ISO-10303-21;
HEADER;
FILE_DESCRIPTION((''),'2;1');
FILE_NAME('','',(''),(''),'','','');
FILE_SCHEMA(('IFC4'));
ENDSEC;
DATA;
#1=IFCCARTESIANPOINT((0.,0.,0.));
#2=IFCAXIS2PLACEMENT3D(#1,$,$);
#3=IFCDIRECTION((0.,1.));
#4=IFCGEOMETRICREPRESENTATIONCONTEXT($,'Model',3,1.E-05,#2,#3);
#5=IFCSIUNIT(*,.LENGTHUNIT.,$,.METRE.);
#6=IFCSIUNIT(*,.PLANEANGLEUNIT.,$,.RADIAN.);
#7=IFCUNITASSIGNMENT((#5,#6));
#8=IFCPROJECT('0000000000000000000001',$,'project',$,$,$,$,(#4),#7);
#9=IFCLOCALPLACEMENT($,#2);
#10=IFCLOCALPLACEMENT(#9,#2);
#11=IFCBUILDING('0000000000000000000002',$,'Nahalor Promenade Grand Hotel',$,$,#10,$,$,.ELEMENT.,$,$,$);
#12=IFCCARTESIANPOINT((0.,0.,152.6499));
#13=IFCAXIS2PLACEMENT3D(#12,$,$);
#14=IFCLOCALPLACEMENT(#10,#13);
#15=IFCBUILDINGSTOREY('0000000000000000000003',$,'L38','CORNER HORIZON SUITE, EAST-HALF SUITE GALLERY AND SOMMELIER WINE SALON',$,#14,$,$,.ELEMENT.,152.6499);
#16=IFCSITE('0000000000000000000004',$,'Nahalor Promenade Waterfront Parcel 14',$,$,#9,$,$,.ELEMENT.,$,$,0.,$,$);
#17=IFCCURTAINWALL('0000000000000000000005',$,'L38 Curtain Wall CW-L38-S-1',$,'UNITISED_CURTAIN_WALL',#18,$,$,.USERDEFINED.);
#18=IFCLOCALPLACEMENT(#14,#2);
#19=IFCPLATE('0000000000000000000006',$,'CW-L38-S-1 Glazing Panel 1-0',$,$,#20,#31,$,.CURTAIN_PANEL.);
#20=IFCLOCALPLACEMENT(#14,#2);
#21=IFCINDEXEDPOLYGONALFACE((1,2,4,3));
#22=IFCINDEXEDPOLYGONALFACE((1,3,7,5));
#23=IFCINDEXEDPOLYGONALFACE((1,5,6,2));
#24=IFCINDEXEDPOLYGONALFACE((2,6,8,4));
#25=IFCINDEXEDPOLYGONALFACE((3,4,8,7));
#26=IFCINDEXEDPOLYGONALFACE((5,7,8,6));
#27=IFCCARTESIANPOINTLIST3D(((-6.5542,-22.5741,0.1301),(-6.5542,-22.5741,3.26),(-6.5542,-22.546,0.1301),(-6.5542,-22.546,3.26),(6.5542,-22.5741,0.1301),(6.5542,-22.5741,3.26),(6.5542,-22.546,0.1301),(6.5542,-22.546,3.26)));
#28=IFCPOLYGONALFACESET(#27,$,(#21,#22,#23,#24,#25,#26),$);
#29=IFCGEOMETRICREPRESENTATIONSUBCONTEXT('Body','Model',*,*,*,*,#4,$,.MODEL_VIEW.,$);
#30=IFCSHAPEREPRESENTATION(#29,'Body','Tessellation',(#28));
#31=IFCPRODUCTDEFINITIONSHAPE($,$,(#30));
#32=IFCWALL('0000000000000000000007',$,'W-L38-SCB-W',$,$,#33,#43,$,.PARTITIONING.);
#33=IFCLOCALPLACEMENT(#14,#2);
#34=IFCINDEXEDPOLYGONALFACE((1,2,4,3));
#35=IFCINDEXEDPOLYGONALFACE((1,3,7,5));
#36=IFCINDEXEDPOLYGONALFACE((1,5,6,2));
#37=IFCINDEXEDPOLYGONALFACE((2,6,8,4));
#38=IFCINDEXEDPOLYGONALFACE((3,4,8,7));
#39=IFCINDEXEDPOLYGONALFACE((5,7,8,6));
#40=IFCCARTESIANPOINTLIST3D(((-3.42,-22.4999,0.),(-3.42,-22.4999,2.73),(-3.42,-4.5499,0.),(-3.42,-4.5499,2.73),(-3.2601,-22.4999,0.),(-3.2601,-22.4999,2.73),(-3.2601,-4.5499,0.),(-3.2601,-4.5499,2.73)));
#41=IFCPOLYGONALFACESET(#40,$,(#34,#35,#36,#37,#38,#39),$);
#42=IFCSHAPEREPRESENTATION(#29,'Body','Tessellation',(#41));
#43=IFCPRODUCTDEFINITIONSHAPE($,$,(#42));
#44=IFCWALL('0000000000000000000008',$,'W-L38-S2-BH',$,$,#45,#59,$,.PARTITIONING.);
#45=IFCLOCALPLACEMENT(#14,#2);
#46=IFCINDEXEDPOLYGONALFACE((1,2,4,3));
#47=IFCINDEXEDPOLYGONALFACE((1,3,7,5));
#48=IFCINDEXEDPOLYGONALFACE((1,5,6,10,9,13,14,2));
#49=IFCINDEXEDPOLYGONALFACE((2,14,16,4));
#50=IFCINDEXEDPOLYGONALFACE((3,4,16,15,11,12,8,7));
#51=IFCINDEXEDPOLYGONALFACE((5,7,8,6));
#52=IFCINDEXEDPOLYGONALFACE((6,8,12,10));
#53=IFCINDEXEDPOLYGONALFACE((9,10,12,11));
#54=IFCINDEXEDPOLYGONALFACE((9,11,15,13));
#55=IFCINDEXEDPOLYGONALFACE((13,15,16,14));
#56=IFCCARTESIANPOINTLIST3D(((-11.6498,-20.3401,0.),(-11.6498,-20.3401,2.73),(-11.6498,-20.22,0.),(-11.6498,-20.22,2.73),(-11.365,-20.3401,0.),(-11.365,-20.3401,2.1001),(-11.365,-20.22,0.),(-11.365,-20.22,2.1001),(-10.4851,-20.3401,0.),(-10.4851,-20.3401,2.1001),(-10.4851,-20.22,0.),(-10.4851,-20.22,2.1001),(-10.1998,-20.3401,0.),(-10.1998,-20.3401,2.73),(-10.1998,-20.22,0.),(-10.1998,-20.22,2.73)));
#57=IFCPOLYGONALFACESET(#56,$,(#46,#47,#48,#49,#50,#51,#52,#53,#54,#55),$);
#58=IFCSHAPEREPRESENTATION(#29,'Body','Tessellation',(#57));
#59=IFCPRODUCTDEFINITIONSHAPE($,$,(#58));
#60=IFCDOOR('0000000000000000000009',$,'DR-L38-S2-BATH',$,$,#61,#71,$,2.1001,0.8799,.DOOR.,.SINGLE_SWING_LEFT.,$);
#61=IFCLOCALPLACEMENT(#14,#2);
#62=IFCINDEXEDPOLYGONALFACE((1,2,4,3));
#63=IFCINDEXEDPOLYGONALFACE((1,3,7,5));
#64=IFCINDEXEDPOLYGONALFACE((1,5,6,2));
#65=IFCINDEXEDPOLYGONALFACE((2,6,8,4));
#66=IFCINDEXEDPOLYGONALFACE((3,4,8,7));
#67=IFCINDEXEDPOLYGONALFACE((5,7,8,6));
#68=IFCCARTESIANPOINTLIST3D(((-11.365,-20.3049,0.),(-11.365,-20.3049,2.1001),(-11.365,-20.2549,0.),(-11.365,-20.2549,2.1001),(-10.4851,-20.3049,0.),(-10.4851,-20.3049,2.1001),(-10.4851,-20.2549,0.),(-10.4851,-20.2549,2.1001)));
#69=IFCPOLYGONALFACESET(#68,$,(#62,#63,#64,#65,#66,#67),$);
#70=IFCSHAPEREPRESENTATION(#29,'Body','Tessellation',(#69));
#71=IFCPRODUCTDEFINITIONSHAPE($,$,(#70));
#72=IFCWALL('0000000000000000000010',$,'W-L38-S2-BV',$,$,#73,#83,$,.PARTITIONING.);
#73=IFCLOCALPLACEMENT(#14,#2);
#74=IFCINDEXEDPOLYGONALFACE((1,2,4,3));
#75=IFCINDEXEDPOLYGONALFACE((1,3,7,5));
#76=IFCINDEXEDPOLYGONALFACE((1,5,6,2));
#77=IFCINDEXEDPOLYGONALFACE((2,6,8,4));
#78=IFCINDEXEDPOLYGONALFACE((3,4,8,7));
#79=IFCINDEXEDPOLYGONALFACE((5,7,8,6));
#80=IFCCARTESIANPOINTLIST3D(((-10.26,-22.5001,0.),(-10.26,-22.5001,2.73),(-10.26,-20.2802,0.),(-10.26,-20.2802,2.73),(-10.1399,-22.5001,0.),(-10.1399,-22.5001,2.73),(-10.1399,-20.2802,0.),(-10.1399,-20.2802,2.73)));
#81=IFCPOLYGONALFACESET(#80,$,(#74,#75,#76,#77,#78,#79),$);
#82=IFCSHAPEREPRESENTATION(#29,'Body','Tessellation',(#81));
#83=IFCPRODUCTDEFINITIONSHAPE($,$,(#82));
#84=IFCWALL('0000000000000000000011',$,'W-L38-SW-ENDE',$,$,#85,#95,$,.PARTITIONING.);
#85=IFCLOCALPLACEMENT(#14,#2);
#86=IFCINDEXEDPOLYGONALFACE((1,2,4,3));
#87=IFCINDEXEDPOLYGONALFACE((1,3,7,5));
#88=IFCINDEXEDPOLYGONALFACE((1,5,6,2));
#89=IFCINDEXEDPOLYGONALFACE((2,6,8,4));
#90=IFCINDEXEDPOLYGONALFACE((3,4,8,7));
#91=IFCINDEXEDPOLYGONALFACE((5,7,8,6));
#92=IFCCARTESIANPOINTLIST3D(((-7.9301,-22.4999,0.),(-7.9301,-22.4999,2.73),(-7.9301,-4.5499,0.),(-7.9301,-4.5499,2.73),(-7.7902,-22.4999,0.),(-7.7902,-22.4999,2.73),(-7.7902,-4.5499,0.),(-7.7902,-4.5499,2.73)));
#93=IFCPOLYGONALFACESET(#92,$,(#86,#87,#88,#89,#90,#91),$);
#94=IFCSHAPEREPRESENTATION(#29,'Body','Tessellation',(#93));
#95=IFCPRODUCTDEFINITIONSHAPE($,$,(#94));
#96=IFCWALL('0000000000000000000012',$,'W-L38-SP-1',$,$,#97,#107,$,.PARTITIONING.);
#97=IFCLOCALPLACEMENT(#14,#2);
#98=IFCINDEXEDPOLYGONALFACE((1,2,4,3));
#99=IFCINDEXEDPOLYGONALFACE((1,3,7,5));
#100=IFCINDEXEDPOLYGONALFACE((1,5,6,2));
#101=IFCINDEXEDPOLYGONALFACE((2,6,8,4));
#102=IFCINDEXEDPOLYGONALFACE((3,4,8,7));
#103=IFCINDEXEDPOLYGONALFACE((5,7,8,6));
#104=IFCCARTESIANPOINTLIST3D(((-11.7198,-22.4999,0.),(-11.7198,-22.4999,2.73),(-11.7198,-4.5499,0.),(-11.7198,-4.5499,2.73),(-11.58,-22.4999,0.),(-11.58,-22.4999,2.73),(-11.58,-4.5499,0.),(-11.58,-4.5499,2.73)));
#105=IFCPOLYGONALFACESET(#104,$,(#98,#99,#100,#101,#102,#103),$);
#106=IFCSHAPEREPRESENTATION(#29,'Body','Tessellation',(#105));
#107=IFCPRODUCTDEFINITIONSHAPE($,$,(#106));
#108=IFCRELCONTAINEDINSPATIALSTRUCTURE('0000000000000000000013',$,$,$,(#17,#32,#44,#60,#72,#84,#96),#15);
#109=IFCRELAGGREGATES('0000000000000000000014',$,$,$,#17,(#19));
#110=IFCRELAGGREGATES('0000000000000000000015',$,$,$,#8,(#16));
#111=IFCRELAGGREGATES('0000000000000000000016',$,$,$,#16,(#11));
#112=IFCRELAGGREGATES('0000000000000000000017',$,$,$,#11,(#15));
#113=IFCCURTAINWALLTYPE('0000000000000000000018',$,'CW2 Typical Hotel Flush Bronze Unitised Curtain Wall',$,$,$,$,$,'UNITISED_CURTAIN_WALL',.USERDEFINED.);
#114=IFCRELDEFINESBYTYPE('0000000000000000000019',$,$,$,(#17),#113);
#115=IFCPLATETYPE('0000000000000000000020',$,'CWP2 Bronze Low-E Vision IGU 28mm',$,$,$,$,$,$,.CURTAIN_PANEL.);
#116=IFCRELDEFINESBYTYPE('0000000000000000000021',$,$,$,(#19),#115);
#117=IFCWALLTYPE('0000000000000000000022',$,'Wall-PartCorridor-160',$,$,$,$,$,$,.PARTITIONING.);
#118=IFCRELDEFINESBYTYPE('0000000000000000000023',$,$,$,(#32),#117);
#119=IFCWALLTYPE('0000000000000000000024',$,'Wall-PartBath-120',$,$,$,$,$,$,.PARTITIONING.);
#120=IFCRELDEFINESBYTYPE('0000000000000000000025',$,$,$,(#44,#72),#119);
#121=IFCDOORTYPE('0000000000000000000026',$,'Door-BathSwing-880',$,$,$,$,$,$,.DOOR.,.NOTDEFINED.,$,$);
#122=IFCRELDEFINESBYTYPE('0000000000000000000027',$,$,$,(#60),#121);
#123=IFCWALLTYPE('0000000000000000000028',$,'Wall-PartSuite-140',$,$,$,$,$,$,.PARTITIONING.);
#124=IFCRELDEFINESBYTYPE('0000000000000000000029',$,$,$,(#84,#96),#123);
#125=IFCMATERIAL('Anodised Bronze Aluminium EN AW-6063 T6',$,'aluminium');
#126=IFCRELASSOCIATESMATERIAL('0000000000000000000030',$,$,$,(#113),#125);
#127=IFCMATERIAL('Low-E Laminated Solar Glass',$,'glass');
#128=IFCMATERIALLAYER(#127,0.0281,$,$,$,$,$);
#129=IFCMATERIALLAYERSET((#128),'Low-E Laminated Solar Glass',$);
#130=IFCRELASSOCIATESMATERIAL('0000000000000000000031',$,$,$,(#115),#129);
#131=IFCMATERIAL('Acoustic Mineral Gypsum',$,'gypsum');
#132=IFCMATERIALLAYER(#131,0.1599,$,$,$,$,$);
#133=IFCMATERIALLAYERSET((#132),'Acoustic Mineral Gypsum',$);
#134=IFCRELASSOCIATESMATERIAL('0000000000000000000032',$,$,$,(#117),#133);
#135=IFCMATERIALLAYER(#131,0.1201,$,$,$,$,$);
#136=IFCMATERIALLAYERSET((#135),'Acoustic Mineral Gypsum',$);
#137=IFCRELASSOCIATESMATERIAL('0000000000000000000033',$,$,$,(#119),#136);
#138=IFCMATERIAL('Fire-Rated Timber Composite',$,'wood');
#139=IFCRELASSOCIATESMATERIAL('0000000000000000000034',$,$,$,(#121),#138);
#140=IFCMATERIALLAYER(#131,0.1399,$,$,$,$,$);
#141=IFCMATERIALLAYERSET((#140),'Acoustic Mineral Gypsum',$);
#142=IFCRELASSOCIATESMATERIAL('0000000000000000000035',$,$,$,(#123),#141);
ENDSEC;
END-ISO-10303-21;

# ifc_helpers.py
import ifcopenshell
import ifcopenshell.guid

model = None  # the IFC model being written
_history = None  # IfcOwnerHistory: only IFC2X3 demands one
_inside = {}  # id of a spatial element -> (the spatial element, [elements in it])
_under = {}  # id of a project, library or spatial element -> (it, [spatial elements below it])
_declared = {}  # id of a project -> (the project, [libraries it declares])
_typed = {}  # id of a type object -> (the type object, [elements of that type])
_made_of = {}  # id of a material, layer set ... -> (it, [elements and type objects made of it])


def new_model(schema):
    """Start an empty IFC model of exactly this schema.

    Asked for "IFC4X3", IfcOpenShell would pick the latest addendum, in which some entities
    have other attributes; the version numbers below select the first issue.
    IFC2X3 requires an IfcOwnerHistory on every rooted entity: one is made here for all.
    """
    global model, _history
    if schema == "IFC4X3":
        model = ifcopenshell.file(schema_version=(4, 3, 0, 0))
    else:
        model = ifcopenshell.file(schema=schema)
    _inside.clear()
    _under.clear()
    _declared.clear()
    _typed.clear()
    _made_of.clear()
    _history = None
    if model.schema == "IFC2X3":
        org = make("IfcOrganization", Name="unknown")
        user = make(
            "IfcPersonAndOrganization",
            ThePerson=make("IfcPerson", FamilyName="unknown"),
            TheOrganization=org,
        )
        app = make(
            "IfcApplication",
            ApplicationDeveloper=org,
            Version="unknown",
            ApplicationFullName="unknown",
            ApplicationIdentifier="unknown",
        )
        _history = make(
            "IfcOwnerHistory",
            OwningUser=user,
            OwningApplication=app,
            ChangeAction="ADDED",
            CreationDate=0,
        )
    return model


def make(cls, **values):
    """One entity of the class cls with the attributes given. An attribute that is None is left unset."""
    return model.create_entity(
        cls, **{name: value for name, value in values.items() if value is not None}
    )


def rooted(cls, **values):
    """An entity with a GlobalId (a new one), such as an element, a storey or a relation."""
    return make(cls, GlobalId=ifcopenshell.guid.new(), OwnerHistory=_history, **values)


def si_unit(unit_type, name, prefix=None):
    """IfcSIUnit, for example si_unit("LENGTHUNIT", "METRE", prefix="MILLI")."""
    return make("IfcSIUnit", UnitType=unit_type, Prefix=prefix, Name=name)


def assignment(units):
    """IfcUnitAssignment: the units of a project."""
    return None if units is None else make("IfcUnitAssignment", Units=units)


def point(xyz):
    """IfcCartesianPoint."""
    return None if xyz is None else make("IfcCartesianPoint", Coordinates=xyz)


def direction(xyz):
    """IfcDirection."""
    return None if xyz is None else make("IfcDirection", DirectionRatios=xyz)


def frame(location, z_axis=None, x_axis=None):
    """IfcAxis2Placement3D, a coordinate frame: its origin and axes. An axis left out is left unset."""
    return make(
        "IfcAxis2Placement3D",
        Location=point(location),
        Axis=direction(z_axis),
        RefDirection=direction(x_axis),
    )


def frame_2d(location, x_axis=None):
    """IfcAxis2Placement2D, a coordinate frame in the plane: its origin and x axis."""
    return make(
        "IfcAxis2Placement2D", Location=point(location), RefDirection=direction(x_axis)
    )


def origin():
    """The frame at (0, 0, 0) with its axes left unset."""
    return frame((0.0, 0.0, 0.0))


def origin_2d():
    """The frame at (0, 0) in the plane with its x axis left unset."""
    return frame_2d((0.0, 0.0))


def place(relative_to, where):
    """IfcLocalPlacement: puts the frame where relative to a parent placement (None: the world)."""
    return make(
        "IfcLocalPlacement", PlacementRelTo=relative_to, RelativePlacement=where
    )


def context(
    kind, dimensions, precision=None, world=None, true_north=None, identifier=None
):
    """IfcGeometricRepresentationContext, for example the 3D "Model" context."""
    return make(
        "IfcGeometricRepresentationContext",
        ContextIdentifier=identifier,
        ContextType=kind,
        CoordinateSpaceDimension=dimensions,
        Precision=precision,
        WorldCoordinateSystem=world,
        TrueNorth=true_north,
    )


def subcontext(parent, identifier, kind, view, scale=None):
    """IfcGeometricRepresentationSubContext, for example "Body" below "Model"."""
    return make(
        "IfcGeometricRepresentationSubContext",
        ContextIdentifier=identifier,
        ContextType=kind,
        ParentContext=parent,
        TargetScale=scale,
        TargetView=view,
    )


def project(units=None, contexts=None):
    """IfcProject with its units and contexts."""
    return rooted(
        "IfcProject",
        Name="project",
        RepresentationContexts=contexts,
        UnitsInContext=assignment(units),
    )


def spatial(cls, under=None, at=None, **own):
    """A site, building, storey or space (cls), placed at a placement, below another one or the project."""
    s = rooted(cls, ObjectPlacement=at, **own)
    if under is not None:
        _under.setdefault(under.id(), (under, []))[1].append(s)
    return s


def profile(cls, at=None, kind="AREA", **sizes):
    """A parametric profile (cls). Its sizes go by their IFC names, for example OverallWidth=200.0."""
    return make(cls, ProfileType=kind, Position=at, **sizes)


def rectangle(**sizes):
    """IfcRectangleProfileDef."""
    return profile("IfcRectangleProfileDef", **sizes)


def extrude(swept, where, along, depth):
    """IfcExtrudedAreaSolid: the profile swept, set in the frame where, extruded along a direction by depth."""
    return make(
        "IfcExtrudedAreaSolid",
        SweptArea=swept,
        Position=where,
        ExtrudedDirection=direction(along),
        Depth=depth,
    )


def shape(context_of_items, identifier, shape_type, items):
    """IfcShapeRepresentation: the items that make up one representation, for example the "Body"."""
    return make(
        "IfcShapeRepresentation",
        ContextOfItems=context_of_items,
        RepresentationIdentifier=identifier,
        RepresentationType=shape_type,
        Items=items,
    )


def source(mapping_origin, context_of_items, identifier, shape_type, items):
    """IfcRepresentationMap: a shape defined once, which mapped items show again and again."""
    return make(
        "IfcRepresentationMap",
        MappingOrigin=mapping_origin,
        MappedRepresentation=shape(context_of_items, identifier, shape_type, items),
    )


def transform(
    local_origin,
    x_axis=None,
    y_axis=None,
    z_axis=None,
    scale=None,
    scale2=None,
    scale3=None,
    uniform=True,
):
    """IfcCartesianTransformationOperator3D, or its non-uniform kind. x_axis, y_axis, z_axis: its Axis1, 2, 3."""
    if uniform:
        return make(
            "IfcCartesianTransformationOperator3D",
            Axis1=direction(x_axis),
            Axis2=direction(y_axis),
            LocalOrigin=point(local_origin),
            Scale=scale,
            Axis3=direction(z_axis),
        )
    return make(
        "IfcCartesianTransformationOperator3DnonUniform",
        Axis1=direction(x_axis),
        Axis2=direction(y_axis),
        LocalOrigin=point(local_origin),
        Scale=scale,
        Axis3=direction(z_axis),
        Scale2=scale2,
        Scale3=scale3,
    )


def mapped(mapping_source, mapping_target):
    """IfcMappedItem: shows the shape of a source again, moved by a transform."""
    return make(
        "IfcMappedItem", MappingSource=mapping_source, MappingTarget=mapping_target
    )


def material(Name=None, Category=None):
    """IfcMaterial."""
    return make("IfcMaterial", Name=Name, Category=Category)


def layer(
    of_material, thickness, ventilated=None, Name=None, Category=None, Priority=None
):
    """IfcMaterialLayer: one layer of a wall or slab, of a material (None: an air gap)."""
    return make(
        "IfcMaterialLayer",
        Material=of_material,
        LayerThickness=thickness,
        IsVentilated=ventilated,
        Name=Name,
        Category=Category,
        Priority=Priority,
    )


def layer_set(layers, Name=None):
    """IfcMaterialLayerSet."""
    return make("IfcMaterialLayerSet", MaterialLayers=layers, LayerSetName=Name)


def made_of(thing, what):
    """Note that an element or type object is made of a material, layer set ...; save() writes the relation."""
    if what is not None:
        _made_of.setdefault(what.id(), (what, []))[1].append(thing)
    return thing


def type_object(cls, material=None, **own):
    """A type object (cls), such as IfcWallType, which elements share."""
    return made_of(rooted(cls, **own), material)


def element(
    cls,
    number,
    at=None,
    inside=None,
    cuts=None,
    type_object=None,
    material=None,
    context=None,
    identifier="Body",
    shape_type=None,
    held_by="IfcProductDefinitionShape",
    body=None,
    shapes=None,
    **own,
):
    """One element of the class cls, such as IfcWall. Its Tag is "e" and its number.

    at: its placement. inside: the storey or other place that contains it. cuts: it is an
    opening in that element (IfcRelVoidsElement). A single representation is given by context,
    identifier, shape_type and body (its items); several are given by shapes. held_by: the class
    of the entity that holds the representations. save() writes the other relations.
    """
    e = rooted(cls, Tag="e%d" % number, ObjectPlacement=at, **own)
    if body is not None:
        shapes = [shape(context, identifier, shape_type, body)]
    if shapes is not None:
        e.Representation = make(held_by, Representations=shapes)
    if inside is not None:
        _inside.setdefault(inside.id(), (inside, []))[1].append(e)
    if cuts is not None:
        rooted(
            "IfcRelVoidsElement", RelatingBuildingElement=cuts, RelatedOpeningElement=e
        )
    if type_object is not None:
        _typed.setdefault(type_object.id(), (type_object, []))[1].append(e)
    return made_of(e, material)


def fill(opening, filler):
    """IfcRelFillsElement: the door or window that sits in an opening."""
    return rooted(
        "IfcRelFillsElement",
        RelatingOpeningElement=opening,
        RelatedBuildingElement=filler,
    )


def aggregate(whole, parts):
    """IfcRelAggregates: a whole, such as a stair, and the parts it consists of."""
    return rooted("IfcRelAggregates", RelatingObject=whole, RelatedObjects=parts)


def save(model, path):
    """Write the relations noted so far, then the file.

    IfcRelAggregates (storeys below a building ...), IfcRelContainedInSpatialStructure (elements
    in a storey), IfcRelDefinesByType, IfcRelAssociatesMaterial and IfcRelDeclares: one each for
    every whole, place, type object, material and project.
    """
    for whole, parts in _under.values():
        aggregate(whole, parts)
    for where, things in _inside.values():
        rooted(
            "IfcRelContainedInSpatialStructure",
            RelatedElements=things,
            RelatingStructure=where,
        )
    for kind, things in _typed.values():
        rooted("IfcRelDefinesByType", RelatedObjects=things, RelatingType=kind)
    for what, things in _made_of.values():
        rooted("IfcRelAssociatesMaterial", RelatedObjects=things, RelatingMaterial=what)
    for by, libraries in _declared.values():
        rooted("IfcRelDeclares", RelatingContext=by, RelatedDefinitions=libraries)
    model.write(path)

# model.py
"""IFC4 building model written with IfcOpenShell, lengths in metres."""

from ifc_helpers import new_model, si_unit, direction, frame, frame_2d, origin, origin_2d, place, context, subcontext, project, spatial, rectangle, extrude, source, transform, mapped, material, layer, layer_set, type_object, element, fill, aggregate, save


model = new_model("IFC4")

# Units and contexts
model_context = context("Model", 3, precision=1e-05, world=origin(), true_north=direction((0.0, 1.0)))
body_context = subcontext(model_context, "Body", "Model", "MODEL_VIEW")
ifc_project = project(units=[si_unit("LENGTHUNIT", "METRE"), si_unit("PLANEANGLEUNIT", "RADIAN")], contexts=[model_context])

# Site, building, storey
site_placement = place(None, origin())
site = spatial("IfcSite", under=ifc_project, at=site_placement, Name="Nahalor Promenade Waterfront Parcel 14", CompositionType="ELEMENT", RefElevation=0.0)
building_placement = place(site_placement, origin())
building = spatial("IfcBuilding", under=site, at=building_placement, Name="Nahalor Promenade Grand Hotel", CompositionType="ELEMENT")
storey_placement = place(building_placement, frame((0.0, 0.0, 152.6499)))
storey = spatial("IfcBuildingStorey", under=building, at=storey_placement, Name="L38", Description="CORNER HORIZON SUITE, EAST-HALF SUITE GALLERY AND SOMMELIER WINE SALON", CompositionType="ELEMENT", Elevation=152.6499)

# Curtain wall, plate
ifc_material_1 = material(Name="Anodised Bronze Aluminium EN AW-6063 T6", Category="aluminium")
curtain_wall_type = type_object("IfcCurtainWallType", Name="CW2 Typical Hotel Flush Bronze Unitised Curtain Wall", ElementType="UNITISED_CURTAIN_WALL", PredefinedType="USERDEFINED", material=ifc_material_1)
curtain_wall_placement = place(storey_placement, origin())
curtain_wall = element("IfcCurtainWall", 1, at=curtain_wall_placement, inside=storey, type_object=curtain_wall_type, Name="L38 Curtain Wall CW-L38-S-1", ObjectType="UNITISED_CURTAIN_WALL", PredefinedType="USERDEFINED")
ifc_material_2 = material(Name="Low-E Laminated Solar Glass", Category="glass")
ifc_layer_1 = layer(ifc_material_2, 0.0281)
ifc_layer_set_1 = layer_set([ifc_layer_1], Name="Low-E Laminated Solar Glass")
plate_type = type_object("IfcPlateType", Name="CWP2 Bronze Low-E Vision IGU 28mm", PredefinedType="CURTAIN_PANEL", material=ifc_layer_set_1)
shared_shape_1 = source(origin(), body_context, "Body", "SweptSolid", [
    extrude(rectangle(XDim=13.1084, YDim=0.0281, at=origin_2d()), origin(), (0.0, 0.0, 1.0), 3.1299),
])
plate_placement = place(storey_placement, frame((0.0, -22.5601, 0.1301), z_axis=(0.0, 0.0, 1.0), x_axis=(1.0, 0.0, 0.0)))
plate = element("IfcPlate", 2, at=plate_placement, type_object=plate_type, Name="CW-L38-S-1 Glazing Panel 1-0", PredefinedType="CURTAIN_PANEL", context=body_context, shape_type="MappedRepresentation", body=[
    mapped(shared_shape_1, transform((0.0, 0.0, 0.0), scale=1.0)),
])
aggregate(curtain_wall, [plate])

# Wall
ifc_material_3 = material(Name="Acoustic Mineral Gypsum", Category="gypsum")
ifc_layer_2 = layer(ifc_material_3, 0.1599)
ifc_layer_set_2 = layer_set([ifc_layer_2], Name="Acoustic Mineral Gypsum")
wall_type_1 = type_object("IfcWallType", Name="Wall-PartCorridor-160", PredefinedType="PARTITIONING", material=ifc_layer_set_2)
shared_shape_2 = source(origin(), body_context, "Body", "SweptSolid", [
    extrude(rectangle(XDim=17.95, YDim=0.1599, at=frame_2d((8.9751, 0.0))), origin(), (0.0, 0.0, 1.0), 2.73),
])
wall_1_placement = place(storey_placement, frame((-3.3401, -22.5, 0.0), z_axis=(0.0, 0.0, 1.0), x_axis=(0.0, 1.0, 0.0)))
element("IfcWall", 3, at=wall_1_placement, inside=storey, type_object=wall_type_1, Name="W-L38-SCB-W", PredefinedType="PARTITIONING", context=body_context, shape_type="MappedRepresentation", body=[
    mapped(shared_shape_2, transform((0.0, 0.0, 0.0), scale=1.0)),
])

# Wall, opening, door
ifc_layer_3 = layer(ifc_material_3, 0.1201)
ifc_layer_set_3 = layer_set([ifc_layer_3], Name="Acoustic Mineral Gypsum")
wall_type_2 = type_object("IfcWallType", Name="Wall-PartBath-120", PredefinedType="PARTITIONING", material=ifc_layer_set_3)
shared_shape_3 = source(origin(), body_context, "Body", "SweptSolid", [
    extrude(rectangle(XDim=1.45, YDim=0.1201, at=frame_2d((0.7251, 0.0))), origin(), (0.0, 0.0, 1.0), 2.73),
])
wall_2_placement = place(storey_placement, frame((-11.6499, -20.28, 0.0), z_axis=(0.0, 0.0, 1.0), x_axis=(1.0, 0.0, 0.0)))
wall_2 = element("IfcWall", 4, at=wall_2_placement, inside=storey, type_object=wall_type_2, Name="W-L38-S2-BH", PredefinedType="PARTITIONING", context=body_context, shape_type="MappedRepresentation", body=[
    mapped(shared_shape_3, transform((0.0, 0.0, 0.0), scale=1.0)),
])
opening_placement = place(wall_2_placement, frame((0.2849, 0.0, 0.0)))
opening = element("IfcOpeningElement", 5, at=opening_placement, cuts=wall_2, PredefinedType="OPENING", context=body_context, shape_type="SweptSolid", body=[
    extrude(rectangle(XDim=0.8799, YDim=2.1001, at=frame_2d((0.4399, 1.05))), frame((0.0, 0.0701, 0.0), z_axis=(0.0, -1.0, 0.0), x_axis=(1.0, 0.0, 0.0)), (0.0, 0.0, 1.0), 0.1401),
])
ifc_material_4 = material(Name="Fire-Rated Timber Composite", Category="wood")
door_type = type_object("IfcDoorType", Name="Door-BathSwing-880", OperationType="NOTDEFINED", PredefinedType="DOOR", material=ifc_material_4)
shared_shape_4 = source(origin(), body_context, "Body", "SweptSolid", [
    extrude(rectangle(XDim=0.8799, YDim=2.1001, at=frame_2d((0.4399, 1.05))), frame((0.0, 0.0249, 0.0), z_axis=(0.0, -1.0, 0.0), x_axis=(1.0, 0.0, 0.0)), (0.0, 0.0, 1.0), 0.05),
])
door_placement = place(opening_placement, frame((0.8799, 0.0, 0.0), z_axis=(0.0, 0.0, 1.0), x_axis=(-1.0, 0.0, 0.0)))
door = element("IfcDoor", 6, at=door_placement, inside=storey, type_object=door_type, Name="DR-L38-S2-BATH", OperationType="SINGLE_SWING_LEFT", OverallHeight=2.1001, OverallWidth=0.8799, PredefinedType="DOOR", context=body_context, shape_type="MappedRepresentation", body=[
    mapped(shared_shape_4, transform((0.0, 0.0, 0.0), scale=1.0)),
])
fill(opening, door)

# Walls
shared_shape_5 = source(origin(), body_context, "Body", "SweptSolid", [
    extrude(rectangle(XDim=2.22, YDim=0.1201, at=frame_2d((1.1099, 0.0))), origin(), (0.0, 0.0, 1.0), 2.73),
])
wall_3_placement = place(storey_placement, frame((-10.2, -22.5, 0.0), z_axis=(0.0, 0.0, 1.0), x_axis=(0.0, 1.0, 0.0)))
element("IfcWall", 7, at=wall_3_placement, inside=storey, type_object=wall_type_2, Name="W-L38-S2-BV", PredefinedType="PARTITIONING", context=body_context, shape_type="MappedRepresentation", body=[
    mapped(shared_shape_5, transform((0.0, 0.0, 0.0), scale=1.0)),
])
ifc_layer_4 = layer(ifc_material_3, 0.1399)
ifc_layer_set_4 = layer_set([ifc_layer_4], Name="Acoustic Mineral Gypsum")
wall_type_3 = type_object("IfcWallType", Name="Wall-PartSuite-140", PredefinedType="PARTITIONING", material=ifc_layer_set_4)
shared_shape_6 = source(origin(), body_context, "Body", "SweptSolid", [
    extrude(rectangle(XDim=17.95, YDim=0.1399, at=frame_2d((8.9751, 0.0))), origin(), (0.0, 0.0, 1.0), 2.73),
])
for number, where, z_axis, x_axis, name in (
    (8, (-7.8601, -22.5, 0.0), (0.0, 0.0, 1.0), (0.0, 1.0, 0.0), "W-L38-SW-ENDE"),
    (9, (-11.6499, -22.5, 0.0), (0.0, 0.0, 1.0), (0.0, 1.0, 0.0), "W-L38-SP-1"),
):
    element("IfcWall", number, at=place(storey_placement, frame(where, z_axis=z_axis, x_axis=x_axis)), inside=storey, type_object=wall_type_3, Name=name, PredefinedType="PARTITIONING", context=body_context, shape_type="MappedRepresentation", body=[
        mapped(shared_shape_6, transform((0.0, 0.0, 0.0), scale=1.0)),
    ])

save(model, "model.ifc")
